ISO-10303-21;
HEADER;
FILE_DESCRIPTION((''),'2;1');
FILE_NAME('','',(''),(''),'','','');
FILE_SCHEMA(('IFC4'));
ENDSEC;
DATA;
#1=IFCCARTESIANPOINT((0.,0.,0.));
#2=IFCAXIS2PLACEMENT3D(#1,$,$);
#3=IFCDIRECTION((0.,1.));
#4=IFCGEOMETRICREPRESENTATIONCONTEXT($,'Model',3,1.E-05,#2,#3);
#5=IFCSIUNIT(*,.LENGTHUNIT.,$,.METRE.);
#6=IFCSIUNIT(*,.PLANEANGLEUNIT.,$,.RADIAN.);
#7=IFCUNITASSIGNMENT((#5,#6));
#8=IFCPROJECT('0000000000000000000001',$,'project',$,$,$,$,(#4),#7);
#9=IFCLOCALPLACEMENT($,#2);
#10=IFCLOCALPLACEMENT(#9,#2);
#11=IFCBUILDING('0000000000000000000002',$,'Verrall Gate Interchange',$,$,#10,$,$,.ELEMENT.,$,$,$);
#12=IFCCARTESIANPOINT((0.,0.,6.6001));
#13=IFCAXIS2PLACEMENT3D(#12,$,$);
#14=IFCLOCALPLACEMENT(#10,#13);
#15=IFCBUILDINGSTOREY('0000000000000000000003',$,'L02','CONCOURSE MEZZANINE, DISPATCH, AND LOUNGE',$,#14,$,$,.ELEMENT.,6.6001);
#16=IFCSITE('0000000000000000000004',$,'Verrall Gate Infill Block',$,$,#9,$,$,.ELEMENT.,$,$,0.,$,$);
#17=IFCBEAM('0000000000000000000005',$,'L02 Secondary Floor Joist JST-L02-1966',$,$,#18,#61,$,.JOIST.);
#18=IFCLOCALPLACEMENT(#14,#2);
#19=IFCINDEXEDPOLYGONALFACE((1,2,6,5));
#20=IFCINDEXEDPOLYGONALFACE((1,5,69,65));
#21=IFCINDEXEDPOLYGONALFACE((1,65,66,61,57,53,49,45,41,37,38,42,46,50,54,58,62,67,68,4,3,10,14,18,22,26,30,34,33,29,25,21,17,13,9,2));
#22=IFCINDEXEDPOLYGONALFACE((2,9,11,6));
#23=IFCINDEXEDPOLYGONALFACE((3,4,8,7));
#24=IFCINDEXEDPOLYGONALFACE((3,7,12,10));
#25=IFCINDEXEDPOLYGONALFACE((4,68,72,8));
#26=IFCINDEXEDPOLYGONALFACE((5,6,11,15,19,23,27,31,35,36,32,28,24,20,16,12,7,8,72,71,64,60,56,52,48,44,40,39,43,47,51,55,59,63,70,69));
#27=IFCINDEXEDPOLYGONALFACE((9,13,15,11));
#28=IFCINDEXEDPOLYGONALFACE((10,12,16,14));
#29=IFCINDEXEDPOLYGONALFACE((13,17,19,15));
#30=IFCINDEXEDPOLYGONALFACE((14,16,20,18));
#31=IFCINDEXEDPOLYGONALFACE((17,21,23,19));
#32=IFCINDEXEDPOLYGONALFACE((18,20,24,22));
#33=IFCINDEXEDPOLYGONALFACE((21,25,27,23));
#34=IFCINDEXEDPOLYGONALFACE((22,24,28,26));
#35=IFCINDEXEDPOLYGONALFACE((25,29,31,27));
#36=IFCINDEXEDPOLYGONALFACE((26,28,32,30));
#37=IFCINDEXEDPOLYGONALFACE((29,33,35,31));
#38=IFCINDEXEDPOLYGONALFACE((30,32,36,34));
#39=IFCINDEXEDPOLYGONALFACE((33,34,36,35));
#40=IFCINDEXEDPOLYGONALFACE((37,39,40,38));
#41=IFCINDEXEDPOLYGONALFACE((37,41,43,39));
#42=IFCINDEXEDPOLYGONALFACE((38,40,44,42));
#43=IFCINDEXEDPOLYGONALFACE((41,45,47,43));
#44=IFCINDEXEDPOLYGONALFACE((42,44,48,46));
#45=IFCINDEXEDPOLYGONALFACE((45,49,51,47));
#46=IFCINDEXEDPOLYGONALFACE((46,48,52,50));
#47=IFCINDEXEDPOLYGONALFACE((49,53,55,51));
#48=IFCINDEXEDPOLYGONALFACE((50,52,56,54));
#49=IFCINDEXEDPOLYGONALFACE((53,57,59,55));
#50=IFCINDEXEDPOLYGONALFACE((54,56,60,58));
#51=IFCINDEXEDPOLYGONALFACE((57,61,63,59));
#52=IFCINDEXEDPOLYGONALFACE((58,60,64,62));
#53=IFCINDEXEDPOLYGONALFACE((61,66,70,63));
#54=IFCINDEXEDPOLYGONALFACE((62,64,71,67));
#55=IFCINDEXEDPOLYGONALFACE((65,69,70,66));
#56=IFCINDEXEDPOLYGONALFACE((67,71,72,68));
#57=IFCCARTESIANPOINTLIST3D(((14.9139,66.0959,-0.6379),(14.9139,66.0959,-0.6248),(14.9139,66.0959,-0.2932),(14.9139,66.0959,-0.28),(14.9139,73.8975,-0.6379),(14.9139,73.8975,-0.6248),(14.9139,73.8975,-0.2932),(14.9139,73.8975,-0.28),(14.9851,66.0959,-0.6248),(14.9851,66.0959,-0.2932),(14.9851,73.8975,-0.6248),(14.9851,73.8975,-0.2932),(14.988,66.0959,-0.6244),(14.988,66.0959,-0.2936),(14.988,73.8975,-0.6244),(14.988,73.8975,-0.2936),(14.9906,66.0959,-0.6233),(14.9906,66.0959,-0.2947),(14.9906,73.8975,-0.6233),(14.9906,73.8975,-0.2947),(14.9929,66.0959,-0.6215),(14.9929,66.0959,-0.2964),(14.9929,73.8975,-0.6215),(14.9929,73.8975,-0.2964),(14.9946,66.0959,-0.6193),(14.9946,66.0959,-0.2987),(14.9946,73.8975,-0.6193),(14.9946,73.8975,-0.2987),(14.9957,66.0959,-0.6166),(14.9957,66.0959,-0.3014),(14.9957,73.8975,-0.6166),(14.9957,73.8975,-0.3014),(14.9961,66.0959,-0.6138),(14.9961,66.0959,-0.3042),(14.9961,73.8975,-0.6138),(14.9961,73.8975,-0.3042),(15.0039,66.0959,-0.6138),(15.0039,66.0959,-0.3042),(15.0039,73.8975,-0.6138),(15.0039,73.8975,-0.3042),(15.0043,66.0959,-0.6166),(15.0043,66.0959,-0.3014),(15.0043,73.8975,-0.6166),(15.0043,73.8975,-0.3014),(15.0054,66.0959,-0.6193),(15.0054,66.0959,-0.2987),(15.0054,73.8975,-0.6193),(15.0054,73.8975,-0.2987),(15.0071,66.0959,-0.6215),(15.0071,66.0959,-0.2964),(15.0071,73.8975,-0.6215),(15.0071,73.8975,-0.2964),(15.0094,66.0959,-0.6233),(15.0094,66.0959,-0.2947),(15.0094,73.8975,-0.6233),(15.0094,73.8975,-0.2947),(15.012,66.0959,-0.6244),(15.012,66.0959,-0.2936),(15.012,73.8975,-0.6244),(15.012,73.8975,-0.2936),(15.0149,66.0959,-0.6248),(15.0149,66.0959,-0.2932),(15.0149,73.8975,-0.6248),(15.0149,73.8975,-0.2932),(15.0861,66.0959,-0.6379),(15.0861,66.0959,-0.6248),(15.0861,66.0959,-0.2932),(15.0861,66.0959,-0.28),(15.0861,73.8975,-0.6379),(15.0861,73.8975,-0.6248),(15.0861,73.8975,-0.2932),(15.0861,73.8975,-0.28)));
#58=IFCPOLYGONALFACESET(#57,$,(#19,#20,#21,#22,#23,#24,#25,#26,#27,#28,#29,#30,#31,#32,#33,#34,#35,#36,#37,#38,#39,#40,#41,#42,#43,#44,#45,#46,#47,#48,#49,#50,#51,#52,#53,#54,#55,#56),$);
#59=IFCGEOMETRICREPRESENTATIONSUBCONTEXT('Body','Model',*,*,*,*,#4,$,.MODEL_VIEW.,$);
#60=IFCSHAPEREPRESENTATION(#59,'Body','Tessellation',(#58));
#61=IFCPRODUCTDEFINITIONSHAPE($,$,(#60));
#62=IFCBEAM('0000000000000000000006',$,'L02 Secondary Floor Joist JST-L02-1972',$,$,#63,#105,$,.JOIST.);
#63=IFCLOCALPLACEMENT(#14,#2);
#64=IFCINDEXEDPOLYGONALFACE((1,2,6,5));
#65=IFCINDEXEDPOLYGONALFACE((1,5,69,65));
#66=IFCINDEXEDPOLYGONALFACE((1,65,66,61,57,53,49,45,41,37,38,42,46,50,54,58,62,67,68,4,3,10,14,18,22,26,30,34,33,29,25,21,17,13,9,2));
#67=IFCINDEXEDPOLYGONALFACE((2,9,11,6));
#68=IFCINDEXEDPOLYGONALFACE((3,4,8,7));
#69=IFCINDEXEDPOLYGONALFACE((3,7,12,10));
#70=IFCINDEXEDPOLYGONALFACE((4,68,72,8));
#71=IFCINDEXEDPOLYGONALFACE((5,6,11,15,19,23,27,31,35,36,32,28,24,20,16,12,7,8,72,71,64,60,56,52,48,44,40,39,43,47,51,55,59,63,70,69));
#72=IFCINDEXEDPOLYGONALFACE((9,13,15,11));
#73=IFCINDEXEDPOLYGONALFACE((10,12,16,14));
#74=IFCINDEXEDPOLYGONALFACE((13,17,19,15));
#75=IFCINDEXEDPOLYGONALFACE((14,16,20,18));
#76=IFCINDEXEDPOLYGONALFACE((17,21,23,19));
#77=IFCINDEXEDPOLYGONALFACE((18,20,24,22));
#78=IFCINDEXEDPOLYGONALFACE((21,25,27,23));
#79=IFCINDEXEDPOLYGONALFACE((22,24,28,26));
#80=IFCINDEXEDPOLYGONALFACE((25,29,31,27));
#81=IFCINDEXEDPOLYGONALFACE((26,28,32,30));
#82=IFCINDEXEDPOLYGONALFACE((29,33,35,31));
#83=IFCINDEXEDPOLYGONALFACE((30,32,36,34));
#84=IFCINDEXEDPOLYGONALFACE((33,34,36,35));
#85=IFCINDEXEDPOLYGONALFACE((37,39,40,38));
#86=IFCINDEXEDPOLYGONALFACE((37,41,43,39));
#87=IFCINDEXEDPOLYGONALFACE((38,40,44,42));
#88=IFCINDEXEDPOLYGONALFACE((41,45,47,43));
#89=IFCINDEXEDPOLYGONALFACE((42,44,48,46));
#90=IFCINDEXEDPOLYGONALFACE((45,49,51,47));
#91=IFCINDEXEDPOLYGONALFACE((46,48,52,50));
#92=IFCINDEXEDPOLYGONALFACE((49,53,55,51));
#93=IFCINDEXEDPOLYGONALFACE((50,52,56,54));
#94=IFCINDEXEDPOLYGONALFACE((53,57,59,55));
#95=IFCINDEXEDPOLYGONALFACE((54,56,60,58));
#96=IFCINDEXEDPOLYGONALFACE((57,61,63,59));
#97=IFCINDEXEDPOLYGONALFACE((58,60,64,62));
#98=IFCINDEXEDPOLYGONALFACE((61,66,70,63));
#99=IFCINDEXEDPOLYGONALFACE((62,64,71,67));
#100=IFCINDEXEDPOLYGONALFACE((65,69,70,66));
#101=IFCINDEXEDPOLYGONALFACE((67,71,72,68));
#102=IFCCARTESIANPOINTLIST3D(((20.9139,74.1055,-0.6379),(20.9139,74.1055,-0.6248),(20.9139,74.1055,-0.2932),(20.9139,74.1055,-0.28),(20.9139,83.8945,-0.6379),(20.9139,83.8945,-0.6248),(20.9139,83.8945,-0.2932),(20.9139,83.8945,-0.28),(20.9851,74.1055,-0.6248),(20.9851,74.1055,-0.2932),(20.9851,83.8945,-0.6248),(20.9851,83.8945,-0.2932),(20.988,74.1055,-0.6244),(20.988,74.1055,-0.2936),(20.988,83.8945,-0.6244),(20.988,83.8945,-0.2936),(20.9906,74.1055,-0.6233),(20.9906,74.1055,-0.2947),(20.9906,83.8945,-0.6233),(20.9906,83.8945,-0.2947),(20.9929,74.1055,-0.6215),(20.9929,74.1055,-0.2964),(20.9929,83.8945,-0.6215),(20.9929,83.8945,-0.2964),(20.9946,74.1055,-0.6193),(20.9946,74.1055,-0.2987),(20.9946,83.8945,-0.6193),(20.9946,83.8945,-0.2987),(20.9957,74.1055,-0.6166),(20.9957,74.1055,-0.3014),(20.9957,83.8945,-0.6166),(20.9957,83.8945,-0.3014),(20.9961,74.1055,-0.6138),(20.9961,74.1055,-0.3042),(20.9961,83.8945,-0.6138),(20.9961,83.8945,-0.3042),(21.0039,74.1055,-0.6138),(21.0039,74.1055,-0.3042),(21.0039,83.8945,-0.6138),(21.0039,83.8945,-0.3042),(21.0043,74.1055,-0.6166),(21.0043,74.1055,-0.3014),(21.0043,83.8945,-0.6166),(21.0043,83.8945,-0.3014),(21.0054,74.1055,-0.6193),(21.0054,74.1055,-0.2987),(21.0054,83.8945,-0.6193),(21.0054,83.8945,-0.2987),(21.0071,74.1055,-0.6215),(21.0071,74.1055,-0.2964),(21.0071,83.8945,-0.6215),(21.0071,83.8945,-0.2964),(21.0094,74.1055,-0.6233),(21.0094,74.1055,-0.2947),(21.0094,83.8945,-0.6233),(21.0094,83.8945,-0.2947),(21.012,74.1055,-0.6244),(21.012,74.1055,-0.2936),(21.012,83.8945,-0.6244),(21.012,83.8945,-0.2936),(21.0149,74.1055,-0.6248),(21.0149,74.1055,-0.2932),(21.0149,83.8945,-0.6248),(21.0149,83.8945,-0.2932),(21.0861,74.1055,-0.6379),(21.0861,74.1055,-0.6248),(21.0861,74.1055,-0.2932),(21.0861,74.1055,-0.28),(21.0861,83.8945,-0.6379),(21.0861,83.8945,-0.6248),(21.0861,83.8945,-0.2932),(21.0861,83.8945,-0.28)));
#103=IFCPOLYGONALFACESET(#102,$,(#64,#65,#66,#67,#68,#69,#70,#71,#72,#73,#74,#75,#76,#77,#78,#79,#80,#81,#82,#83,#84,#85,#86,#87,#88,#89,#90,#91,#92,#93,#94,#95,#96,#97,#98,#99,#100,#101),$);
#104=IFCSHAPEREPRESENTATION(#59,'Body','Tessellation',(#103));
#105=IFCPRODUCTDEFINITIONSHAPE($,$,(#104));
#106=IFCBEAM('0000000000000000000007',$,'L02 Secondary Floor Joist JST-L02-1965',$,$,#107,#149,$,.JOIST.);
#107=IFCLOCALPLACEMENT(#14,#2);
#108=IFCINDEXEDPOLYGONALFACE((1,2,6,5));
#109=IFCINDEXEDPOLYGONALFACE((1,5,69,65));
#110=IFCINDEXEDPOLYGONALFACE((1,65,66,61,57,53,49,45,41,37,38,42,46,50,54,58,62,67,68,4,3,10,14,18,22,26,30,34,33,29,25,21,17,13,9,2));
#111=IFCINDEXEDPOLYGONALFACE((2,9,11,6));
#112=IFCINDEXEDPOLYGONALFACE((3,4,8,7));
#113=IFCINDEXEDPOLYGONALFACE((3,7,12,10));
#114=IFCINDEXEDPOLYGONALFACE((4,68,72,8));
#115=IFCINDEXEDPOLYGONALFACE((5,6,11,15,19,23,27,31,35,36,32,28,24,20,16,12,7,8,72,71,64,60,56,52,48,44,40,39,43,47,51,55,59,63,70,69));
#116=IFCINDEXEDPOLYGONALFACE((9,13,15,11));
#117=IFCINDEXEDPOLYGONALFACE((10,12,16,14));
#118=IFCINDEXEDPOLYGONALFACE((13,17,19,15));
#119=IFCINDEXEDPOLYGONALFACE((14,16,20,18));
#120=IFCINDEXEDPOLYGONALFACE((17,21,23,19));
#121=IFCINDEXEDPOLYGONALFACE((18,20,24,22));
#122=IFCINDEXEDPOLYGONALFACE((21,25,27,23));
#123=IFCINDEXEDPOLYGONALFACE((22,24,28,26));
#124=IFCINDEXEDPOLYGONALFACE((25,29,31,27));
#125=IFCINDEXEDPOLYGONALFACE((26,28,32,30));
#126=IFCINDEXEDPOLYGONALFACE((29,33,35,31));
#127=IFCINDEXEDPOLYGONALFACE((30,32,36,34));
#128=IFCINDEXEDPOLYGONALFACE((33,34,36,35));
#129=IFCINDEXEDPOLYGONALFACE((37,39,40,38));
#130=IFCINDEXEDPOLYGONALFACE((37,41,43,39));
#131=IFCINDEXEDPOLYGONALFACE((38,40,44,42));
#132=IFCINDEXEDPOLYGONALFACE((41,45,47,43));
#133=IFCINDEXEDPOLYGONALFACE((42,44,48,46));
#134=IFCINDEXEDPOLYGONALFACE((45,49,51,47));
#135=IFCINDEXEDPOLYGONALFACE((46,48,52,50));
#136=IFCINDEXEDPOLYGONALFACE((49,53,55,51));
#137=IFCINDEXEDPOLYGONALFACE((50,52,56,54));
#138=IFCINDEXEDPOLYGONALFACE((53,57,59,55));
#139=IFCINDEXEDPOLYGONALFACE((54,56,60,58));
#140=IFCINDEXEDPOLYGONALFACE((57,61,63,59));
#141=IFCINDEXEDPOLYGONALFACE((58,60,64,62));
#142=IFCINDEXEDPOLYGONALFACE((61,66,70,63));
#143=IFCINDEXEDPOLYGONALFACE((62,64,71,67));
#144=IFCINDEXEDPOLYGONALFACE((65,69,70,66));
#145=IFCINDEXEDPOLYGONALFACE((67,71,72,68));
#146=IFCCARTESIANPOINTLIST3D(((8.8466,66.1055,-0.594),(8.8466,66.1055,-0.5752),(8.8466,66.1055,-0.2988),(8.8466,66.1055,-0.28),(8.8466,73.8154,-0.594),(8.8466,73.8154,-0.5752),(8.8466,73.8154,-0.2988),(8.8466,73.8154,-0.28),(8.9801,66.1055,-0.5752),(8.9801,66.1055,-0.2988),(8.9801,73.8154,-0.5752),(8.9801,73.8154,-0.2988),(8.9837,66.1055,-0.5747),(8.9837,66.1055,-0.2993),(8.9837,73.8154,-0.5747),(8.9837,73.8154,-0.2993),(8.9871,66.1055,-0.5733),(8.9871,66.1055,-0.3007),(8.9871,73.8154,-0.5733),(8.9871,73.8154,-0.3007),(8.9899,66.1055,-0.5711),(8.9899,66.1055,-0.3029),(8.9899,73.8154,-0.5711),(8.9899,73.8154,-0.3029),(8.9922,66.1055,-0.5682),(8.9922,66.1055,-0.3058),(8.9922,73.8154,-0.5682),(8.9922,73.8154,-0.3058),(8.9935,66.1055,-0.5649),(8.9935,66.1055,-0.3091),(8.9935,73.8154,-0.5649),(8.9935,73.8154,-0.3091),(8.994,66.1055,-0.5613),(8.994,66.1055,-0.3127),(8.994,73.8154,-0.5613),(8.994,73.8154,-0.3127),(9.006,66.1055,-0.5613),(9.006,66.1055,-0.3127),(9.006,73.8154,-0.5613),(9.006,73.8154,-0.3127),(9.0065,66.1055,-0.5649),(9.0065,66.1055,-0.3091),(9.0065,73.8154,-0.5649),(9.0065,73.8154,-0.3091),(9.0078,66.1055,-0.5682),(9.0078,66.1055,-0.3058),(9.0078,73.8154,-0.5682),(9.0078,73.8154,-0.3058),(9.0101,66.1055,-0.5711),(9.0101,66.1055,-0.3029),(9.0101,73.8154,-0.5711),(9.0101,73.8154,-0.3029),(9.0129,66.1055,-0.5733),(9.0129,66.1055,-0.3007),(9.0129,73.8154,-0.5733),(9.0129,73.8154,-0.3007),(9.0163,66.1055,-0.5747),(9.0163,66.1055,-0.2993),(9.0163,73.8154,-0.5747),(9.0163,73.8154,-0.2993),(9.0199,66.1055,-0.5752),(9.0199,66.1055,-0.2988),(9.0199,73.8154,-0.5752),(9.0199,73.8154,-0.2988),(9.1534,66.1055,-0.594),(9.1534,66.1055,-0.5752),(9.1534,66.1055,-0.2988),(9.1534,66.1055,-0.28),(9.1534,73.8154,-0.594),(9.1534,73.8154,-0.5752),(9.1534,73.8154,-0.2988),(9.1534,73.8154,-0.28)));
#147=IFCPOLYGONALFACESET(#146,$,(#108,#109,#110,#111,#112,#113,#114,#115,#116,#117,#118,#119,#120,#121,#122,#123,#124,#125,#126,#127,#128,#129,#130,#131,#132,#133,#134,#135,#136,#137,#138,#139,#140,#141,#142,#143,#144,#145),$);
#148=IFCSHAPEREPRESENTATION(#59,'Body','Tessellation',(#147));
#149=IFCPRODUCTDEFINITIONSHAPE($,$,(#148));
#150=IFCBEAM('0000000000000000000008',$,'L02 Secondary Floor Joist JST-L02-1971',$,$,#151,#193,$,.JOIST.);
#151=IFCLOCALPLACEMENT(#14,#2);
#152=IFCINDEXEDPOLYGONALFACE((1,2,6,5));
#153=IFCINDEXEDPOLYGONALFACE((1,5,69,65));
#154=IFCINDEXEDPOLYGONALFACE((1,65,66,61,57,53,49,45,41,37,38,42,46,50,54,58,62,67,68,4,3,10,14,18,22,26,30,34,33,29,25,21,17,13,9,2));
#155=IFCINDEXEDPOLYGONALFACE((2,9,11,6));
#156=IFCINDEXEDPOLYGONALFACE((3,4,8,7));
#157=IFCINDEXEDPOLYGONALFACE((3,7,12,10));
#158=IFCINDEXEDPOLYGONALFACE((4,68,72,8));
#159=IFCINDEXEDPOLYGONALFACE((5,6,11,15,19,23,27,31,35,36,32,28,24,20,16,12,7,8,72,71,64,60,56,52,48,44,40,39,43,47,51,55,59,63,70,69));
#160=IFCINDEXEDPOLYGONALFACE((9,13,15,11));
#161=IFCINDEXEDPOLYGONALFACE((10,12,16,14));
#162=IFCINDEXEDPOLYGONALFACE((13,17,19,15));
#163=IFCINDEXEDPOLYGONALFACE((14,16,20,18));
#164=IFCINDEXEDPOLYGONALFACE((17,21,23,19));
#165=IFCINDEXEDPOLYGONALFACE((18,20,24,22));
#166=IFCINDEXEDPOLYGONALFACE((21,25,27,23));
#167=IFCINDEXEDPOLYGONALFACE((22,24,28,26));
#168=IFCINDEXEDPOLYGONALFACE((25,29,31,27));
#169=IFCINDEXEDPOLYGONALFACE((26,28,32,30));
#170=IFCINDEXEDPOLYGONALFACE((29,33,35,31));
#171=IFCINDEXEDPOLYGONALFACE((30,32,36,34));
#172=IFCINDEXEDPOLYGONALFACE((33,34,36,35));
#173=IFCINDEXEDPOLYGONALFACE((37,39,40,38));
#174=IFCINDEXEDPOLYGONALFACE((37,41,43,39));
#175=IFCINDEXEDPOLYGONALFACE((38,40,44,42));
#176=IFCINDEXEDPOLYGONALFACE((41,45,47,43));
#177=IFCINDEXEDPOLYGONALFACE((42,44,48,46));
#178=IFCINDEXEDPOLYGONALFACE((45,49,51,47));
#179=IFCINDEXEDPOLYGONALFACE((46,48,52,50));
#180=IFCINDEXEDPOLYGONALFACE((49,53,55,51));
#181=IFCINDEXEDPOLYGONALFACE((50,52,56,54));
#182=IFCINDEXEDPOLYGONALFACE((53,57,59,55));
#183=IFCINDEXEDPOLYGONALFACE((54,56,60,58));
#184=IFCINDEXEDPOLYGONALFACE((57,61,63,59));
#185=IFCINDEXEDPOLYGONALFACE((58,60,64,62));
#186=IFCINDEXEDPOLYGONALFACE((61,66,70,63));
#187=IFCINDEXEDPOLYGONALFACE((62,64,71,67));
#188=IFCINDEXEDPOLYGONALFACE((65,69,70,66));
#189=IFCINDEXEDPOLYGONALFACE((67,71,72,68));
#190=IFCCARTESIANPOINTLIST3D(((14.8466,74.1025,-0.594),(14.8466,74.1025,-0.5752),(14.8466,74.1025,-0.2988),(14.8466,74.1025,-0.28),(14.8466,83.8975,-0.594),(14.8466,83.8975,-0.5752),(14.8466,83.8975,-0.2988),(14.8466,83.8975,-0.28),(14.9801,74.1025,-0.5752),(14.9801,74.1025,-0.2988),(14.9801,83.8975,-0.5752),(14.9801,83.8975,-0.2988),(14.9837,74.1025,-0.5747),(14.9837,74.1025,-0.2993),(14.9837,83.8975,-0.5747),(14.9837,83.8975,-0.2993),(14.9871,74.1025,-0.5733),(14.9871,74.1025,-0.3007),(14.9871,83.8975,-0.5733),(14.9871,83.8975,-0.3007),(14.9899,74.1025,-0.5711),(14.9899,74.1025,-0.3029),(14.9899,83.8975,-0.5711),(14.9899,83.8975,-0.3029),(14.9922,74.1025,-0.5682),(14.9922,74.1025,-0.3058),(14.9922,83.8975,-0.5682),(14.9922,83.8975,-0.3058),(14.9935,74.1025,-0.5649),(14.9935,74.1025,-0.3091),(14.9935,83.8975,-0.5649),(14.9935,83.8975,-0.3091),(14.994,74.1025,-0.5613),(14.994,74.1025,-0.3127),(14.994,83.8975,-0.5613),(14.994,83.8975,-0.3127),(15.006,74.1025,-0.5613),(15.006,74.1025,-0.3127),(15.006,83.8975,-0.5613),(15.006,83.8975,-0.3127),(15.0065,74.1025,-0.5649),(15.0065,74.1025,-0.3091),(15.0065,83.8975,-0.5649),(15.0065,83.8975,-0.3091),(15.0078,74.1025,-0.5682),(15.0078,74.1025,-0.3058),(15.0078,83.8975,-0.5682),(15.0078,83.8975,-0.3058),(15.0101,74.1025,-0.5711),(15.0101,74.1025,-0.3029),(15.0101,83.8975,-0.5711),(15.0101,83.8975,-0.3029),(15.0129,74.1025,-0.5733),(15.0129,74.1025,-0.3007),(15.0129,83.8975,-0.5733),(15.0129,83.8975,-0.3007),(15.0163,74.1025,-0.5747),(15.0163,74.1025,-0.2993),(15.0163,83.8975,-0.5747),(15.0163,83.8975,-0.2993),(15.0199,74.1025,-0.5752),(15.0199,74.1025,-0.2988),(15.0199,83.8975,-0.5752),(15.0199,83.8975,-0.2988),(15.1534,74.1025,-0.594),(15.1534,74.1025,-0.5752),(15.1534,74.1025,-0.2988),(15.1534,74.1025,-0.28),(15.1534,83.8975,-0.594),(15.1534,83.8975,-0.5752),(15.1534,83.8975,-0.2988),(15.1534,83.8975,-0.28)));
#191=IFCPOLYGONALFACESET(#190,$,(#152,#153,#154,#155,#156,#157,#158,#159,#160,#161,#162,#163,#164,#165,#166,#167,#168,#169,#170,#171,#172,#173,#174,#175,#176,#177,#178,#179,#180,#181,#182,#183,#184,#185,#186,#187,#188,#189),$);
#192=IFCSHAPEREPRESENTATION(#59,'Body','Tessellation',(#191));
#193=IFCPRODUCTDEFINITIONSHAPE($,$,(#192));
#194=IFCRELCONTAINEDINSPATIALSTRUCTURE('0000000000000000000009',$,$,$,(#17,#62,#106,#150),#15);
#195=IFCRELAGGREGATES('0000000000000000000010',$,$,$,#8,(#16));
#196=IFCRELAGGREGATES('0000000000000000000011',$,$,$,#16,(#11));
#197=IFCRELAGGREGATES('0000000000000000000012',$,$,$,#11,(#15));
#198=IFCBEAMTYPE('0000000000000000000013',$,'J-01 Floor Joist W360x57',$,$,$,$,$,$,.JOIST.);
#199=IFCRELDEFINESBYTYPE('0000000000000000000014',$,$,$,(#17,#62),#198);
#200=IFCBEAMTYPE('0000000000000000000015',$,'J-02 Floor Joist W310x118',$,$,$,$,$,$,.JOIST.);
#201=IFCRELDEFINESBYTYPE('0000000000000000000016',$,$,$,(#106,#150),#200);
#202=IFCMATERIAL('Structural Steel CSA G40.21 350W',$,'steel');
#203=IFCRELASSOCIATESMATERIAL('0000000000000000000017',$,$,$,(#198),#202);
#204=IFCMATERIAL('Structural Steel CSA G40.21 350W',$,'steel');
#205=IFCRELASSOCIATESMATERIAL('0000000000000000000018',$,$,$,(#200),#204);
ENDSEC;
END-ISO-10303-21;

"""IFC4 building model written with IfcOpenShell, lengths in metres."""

from ifc_helpers import new_model, si_unit, direction, frame, origin, origin_2d, place, context, subcontext, project, spatial, i_section, extrude, material, material_profile, profile_set, type_object, element, save


model = new_model("IFC4")

# Units and contexts
model_context = context("Model", 3, precision=1e-05, world=origin(), true_north=direction((0.0, 1.0)))
body_context = subcontext(model_context, "Body", "Model", "MODEL_VIEW")
ifc_project = project(units=[si_unit("LENGTHUNIT", "METRE"), si_unit("PLANEANGLEUNIT", "RADIAN")], contexts=[model_context])

# Site, building, storey
site_placement = place(None, origin())
site = spatial("IfcSite", under=ifc_project, at=site_placement, Name="Verrall Gate Infill Block", CompositionType="ELEMENT", RefElevation=0.0)
building_placement = place(site_placement, origin())
building = spatial("IfcBuilding", under=site, at=building_placement, Name="Verrall Gate Interchange", CompositionType="ELEMENT")
storey_placement = place(building_placement, frame((0.0, 0.0, 6.6001)))
storey = spatial("IfcBuildingStorey", under=building, at=storey_placement, Name="L02", Description="CONCOURSE MEZZANINE, DISPATCH, AND LOUNGE", CompositionType="ELEMENT", Elevation=6.6001)

# Beams
ifc_material_1 = material(Name="Structural Steel CSA G40.21 350W", Category="steel")
ifc_material_profile_1 = material_profile(ifc_material_1, i_section(OverallWidth=0.1721, OverallDepth=0.3579, WebThickness=0.0078, FlangeThickness=0.0132, FilletRadius=0.011, at=origin_2d()), Name="W360x57")
ifc_profile_set_1 = profile_set([ifc_material_profile_1], Name="Structural Steel CSA G40.21 350W")
beam_type_1 = type_object("IfcBeamType", Name="J-01 Floor Joist W360x57", PredefinedType="JOIST", material=ifc_profile_set_1)
beam_1_placement = place(storey_placement, frame((15.0, 66.0959, -0.459), z_axis=(0.0, 1.0, 0.0), x_axis=(-1.0, 0.0, 0.0)))
element("IfcBeam", 1, at=beam_1_placement, inside=storey, type_object=beam_type_1, Name="L02 Secondary Floor Joist JST-L02-1966", PredefinedType="JOIST", context=body_context, shape_type="SweptSolid", body=[
    extrude(i_section(OverallWidth=0.1721, OverallDepth=0.3579, WebThickness=0.0078, FlangeThickness=0.0132, FilletRadius=0.011, at=origin_2d()), origin(), (0.0, 0.0, 1.0), 7.8015),
])
beam_2_placement = place(storey_placement, frame((21.0, 74.1055, -0.459), z_axis=(0.0, 1.0, 0.0), x_axis=(-1.0, 0.0, 0.0)))
element("IfcBeam", 2, at=beam_2_placement, inside=storey, type_object=beam_type_1, Name="L02 Secondary Floor Joist JST-L02-1972", PredefinedType="JOIST", context=body_context, shape_type="SweptSolid", body=[
    extrude(i_section(OverallWidth=0.1721, OverallDepth=0.3579, WebThickness=0.0078, FlangeThickness=0.0132, FilletRadius=0.011, at=origin_2d()), origin(), (0.0, 0.0, 1.0), 9.7891),
])
ifc_material_2 = material(Name="Structural Steel CSA G40.21 350W", Category="steel")
ifc_material_profile_2 = material_profile(ifc_material_2, i_section(OverallWidth=0.3069, OverallDepth=0.314, WebThickness=0.012, FlangeThickness=0.0188, FilletRadius=0.0139, at=origin_2d()), Name="W310x118")
ifc_profile_set_2 = profile_set([ifc_material_profile_2], Name="Structural Steel CSA G40.21 350W")
beam_type_2 = type_object("IfcBeamType", Name="J-02 Floor Joist W310x118", PredefinedType="JOIST", material=ifc_profile_set_2)
beam_3_placement = place(storey_placement, frame((9.0, 66.1055, -0.437), z_axis=(0.0, 1.0, 0.0), x_axis=(-1.0, 0.0, 0.0)))
element("IfcBeam", 3, at=beam_3_placement, inside=storey, type_object=beam_type_2, Name="L02 Secondary Floor Joist JST-L02-1965", PredefinedType="JOIST", context=body_context, shape_type="SweptSolid", body=[
    extrude(i_section(OverallWidth=0.3069, OverallDepth=0.314, WebThickness=0.012, FlangeThickness=0.0188, FilletRadius=0.0139, at=origin_2d()), origin(), (0.0, 0.0, 1.0), 7.71),
])
beam_4_placement = place(storey_placement, frame((15.0, 74.1025, -0.437), z_axis=(0.0, 1.0, 0.0), x_axis=(-1.0, 0.0, 0.0)))
element("IfcBeam", 4, at=beam_4_placement, inside=storey, type_object=beam_type_2, Name="L02 Secondary Floor Joist JST-L02-1971", PredefinedType="JOIST", context=body_context, shape_type="SweptSolid", body=[
    extrude(i_section(OverallWidth=0.3069, OverallDepth=0.314, WebThickness=0.012, FlangeThickness=0.0188, FilletRadius=0.0139, at=origin_2d()), origin(), (0.0, 0.0, 1.0), 9.7949),
])

save(model, "model.ifc")
